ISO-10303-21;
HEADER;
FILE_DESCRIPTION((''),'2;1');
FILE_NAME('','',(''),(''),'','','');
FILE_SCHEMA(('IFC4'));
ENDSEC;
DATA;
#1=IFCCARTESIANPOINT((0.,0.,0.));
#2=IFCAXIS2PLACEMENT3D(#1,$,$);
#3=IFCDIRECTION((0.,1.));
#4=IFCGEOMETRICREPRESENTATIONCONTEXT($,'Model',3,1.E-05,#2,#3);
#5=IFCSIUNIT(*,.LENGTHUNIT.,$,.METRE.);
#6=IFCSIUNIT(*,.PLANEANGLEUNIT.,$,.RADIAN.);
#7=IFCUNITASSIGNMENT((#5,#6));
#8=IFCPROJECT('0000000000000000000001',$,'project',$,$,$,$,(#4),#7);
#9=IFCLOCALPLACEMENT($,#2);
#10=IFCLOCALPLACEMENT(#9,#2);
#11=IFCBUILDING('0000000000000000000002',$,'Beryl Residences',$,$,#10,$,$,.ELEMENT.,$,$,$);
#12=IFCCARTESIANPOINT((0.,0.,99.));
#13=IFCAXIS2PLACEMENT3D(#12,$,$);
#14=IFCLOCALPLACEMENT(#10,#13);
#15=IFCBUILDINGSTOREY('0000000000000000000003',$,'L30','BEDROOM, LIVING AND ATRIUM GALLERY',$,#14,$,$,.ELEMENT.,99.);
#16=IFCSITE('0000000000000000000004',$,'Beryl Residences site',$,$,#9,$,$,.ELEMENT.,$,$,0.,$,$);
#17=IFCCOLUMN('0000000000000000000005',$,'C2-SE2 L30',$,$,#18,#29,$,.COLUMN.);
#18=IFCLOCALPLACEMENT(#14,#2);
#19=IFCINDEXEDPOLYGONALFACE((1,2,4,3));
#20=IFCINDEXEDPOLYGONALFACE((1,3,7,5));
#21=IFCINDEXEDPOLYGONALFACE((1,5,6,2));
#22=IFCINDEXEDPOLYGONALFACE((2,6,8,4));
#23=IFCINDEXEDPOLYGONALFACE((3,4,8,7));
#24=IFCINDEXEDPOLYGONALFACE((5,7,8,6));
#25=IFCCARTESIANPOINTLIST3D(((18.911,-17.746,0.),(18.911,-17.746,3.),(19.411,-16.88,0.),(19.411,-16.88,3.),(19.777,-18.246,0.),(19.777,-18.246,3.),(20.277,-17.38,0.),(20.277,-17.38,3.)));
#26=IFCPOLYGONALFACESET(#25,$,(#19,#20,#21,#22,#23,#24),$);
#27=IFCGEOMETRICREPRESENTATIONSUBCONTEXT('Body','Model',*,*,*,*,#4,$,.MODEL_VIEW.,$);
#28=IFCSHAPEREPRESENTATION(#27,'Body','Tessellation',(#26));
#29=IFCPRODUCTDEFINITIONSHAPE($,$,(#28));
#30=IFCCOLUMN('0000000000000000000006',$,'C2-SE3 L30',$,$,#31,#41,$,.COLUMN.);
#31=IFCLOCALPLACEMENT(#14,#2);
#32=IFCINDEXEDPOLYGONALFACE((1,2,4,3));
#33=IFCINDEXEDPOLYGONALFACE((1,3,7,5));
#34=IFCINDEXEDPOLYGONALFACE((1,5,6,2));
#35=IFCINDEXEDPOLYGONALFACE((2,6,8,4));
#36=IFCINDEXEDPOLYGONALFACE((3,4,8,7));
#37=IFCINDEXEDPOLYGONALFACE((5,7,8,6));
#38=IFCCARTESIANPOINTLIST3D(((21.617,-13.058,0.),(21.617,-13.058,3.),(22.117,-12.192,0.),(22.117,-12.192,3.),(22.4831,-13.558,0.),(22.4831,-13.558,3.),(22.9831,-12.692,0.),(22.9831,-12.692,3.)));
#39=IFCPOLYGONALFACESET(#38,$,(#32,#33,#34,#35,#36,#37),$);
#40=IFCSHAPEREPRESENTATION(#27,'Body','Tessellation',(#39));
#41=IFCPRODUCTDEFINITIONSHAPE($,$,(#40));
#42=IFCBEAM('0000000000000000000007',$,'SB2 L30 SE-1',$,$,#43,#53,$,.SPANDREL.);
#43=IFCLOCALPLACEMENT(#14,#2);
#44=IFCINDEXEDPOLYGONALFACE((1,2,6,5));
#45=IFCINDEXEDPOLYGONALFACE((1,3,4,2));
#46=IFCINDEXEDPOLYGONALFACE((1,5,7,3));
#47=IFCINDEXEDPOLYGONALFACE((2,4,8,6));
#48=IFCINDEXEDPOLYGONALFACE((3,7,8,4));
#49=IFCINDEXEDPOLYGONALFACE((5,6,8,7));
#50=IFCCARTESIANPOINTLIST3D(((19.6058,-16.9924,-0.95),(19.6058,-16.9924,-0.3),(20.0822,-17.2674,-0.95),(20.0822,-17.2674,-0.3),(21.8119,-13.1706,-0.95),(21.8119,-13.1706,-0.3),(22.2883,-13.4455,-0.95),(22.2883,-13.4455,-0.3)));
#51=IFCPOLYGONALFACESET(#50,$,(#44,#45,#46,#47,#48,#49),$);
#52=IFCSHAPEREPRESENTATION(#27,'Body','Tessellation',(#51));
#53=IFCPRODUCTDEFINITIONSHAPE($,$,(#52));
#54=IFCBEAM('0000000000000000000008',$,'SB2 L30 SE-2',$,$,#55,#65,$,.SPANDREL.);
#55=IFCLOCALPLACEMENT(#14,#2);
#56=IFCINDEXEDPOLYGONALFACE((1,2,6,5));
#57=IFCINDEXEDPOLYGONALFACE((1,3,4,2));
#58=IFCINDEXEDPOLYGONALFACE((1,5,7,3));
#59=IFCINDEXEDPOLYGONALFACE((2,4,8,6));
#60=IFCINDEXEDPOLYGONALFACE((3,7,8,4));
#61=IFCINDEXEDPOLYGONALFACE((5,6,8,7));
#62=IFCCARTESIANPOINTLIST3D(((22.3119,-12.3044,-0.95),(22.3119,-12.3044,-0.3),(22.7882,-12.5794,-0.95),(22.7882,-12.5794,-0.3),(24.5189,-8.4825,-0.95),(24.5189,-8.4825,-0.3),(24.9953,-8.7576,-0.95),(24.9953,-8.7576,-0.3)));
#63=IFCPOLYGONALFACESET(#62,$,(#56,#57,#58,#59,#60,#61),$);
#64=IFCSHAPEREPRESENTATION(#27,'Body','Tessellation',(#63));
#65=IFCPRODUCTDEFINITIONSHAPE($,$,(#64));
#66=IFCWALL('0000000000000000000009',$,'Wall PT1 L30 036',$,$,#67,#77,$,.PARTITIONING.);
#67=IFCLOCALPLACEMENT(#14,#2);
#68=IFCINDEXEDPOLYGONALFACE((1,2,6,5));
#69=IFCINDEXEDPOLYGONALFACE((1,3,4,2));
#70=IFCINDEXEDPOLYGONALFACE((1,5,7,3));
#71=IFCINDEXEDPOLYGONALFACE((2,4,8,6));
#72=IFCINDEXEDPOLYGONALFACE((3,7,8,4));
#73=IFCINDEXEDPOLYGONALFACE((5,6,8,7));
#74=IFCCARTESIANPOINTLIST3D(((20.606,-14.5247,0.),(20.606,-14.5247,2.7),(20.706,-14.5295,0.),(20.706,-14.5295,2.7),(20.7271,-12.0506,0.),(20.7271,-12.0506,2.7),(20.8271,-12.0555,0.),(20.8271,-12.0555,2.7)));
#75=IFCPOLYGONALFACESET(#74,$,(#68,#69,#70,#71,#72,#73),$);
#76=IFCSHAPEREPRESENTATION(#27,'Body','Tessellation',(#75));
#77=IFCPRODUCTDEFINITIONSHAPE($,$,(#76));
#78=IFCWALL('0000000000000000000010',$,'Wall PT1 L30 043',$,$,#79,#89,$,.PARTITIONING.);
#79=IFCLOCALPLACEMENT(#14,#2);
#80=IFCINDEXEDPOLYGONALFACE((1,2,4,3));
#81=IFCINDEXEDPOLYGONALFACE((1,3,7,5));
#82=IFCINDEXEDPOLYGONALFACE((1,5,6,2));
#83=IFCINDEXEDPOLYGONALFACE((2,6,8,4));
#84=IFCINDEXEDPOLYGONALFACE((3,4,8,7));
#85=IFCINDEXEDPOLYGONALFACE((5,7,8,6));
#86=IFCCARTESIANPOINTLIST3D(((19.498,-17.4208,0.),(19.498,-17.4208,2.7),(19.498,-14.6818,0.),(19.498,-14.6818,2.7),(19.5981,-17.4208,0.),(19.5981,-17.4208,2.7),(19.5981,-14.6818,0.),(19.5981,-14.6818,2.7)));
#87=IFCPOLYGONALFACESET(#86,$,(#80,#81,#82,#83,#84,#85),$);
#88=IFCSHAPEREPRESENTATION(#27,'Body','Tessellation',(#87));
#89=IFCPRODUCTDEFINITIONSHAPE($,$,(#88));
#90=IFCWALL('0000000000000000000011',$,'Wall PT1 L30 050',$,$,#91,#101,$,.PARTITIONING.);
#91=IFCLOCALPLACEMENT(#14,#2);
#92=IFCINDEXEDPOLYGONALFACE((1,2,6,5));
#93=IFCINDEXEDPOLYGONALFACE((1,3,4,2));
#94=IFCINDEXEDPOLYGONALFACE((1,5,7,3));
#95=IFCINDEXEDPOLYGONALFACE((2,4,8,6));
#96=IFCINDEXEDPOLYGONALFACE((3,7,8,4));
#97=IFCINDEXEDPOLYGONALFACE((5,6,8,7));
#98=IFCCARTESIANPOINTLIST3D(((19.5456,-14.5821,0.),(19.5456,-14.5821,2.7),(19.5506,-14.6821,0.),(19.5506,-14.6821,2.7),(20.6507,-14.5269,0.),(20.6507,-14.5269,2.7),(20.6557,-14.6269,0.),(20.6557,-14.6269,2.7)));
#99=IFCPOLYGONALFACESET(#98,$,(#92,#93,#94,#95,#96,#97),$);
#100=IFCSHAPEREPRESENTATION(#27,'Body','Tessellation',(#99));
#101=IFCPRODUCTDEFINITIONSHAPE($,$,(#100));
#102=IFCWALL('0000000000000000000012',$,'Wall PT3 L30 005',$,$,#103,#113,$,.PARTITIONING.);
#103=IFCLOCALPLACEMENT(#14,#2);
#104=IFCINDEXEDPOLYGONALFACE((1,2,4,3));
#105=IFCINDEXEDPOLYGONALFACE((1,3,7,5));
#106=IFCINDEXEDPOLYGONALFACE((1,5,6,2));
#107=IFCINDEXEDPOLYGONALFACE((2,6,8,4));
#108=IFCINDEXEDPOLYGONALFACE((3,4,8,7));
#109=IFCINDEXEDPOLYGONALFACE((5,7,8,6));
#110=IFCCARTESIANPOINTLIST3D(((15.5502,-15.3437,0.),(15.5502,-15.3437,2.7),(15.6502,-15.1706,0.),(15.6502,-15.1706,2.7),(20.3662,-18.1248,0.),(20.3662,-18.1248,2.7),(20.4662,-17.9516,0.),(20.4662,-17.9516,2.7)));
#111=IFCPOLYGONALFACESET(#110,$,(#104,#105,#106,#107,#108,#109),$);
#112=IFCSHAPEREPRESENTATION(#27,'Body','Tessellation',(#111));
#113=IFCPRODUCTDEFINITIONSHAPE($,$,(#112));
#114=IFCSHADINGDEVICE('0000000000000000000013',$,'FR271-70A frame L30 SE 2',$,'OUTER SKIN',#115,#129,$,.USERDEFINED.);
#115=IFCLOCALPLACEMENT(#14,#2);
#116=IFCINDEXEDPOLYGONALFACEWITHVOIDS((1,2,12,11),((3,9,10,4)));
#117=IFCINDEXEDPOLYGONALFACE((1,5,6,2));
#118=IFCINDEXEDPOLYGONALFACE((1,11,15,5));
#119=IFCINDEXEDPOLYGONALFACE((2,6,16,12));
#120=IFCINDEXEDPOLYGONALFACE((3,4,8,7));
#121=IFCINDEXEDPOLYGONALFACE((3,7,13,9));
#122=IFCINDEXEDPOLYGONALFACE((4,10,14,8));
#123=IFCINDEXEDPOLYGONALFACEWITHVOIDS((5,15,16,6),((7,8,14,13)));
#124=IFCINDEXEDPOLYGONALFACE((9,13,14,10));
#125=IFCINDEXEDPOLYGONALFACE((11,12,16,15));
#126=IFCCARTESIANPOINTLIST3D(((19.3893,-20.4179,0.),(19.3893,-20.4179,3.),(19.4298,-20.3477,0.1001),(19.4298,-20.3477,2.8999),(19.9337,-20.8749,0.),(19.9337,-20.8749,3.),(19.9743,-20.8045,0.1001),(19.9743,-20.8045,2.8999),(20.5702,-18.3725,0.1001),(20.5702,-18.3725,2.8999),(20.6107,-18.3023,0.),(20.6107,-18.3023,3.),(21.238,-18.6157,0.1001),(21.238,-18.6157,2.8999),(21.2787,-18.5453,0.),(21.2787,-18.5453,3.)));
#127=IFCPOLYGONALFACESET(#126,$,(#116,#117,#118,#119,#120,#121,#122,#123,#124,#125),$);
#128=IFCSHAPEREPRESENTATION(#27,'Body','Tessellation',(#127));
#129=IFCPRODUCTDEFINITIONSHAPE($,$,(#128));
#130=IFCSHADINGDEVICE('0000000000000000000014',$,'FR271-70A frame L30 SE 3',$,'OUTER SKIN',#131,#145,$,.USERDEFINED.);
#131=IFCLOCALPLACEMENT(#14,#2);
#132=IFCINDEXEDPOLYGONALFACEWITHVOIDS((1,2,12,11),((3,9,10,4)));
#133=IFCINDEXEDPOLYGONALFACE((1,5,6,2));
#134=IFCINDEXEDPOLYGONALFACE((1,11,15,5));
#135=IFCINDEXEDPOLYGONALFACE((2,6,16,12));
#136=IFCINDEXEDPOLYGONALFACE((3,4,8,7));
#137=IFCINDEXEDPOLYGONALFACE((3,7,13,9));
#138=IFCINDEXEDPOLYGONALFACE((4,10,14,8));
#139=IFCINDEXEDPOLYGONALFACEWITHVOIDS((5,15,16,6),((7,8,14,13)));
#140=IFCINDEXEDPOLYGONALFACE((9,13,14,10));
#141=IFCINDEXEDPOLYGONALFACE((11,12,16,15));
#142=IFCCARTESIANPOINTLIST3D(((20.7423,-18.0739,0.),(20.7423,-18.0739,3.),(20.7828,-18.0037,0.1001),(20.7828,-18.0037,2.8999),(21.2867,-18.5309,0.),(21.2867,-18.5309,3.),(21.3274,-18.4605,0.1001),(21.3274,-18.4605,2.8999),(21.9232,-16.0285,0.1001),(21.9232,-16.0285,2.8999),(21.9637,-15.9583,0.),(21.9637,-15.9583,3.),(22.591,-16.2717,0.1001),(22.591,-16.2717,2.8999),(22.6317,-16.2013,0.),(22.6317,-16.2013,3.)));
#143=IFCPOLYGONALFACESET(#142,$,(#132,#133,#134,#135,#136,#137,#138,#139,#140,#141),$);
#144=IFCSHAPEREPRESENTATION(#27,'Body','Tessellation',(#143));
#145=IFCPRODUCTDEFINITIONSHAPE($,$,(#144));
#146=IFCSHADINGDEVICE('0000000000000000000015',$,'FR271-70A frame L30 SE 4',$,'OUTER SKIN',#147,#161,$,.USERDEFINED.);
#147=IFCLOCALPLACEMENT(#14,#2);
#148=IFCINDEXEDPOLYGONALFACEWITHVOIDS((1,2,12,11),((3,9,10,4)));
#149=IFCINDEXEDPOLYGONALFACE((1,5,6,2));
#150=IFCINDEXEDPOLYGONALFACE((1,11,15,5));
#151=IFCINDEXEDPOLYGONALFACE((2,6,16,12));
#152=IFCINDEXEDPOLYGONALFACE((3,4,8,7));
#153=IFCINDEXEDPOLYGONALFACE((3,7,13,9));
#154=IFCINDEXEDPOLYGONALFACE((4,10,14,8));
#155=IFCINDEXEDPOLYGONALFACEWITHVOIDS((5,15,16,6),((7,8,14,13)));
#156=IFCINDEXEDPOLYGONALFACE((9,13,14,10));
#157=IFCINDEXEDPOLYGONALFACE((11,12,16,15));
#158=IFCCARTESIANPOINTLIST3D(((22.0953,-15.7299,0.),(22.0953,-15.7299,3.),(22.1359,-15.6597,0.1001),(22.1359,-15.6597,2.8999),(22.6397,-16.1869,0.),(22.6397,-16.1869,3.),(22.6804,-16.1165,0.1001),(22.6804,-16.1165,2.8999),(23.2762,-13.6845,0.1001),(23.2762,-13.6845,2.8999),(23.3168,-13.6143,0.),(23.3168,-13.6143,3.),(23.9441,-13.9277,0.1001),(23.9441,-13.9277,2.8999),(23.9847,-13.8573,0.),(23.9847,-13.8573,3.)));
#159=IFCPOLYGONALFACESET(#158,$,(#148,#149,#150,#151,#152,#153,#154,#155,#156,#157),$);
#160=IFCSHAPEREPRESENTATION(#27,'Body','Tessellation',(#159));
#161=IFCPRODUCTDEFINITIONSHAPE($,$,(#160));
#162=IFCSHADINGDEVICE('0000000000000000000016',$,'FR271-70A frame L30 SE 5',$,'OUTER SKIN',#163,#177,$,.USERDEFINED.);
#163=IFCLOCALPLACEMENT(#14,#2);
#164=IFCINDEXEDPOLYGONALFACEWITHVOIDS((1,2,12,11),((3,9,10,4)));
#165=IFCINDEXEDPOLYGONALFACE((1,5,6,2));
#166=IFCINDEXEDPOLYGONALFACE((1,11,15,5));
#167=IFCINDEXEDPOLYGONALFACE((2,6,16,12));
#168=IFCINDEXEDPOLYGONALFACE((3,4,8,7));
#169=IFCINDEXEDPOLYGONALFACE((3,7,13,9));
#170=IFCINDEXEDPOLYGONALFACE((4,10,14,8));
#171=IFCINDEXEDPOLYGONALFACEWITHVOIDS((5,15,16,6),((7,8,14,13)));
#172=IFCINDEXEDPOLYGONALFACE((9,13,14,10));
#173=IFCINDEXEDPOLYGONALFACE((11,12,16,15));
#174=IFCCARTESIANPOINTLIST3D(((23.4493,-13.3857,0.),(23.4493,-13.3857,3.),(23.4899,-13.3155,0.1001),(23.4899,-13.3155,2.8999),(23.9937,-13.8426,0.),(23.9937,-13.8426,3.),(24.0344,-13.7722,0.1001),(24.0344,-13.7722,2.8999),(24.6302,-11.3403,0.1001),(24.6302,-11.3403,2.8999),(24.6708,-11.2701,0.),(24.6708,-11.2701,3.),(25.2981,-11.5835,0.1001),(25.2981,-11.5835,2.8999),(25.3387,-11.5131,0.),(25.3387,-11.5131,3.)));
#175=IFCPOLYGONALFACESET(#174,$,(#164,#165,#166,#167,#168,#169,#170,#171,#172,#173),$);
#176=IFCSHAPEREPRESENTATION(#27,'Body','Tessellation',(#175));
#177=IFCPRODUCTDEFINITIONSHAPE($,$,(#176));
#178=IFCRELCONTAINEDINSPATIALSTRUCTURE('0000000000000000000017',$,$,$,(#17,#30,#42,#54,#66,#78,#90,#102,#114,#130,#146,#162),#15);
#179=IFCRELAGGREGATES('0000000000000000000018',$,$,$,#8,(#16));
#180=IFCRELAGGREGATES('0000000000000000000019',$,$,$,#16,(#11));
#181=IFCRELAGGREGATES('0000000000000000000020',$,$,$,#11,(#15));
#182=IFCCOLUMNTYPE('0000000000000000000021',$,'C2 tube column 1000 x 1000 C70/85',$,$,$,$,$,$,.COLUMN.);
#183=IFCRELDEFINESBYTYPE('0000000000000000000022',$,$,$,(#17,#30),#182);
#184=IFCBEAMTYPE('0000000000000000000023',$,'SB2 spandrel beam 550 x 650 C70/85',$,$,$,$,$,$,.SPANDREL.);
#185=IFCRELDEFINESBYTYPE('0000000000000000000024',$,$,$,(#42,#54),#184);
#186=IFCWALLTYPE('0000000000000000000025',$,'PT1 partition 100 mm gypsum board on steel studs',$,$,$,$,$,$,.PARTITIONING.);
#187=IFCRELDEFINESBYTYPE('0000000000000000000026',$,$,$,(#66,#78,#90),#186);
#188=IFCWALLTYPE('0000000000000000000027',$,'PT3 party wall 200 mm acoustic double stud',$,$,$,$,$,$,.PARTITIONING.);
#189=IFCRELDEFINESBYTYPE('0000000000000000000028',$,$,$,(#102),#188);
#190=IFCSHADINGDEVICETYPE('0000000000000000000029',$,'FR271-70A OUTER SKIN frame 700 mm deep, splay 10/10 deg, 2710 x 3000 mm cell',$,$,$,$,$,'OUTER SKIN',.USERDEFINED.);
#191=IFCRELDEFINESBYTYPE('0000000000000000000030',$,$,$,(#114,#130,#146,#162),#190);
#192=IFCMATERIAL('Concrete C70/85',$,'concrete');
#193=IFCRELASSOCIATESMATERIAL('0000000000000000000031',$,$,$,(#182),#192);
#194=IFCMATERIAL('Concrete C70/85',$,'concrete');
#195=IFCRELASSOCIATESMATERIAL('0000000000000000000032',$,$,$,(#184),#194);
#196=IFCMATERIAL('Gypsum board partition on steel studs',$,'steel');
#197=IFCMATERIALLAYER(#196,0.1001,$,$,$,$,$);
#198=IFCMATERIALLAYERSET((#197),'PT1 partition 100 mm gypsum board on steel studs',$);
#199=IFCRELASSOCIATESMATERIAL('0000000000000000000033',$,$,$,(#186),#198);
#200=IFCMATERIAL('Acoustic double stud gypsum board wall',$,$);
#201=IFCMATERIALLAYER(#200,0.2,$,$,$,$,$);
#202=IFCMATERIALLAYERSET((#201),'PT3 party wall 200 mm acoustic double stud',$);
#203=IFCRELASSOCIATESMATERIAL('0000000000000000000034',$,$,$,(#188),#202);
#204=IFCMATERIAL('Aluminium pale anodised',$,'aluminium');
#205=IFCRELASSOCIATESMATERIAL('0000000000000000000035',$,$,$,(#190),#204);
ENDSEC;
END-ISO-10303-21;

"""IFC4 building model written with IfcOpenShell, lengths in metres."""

from ifc_helpers import new_model, entity, si_unit, direction, frame, frame_2d, origin, origin_2d, place, context, subcontext, project, spatial, rectangle, extrude, source, transform, mapped, material, layer, layer_set, material_profile, profile_set, type_object, type_shapes, element, save


model = new_model("IFC4")

# Units and contexts
model_context = context("Model", 3, precision=1e-05, world=origin(), true_north=direction((0.0, 1.0)))
body_context = subcontext(model_context, "Body", "Model", "MODEL_VIEW")
ifc_project = project(units=[si_unit("LENGTHUNIT", "METRE"), si_unit("PLANEANGLEUNIT", "RADIAN")], contexts=[model_context])

# Site, building, storey
site_placement = place(None, origin())
site = spatial("IfcSite", under=ifc_project, at=site_placement, Name="Beryl Residences site", CompositionType="ELEMENT", RefElevation=0.0)
building_placement = place(site_placement, origin())
building = spatial("IfcBuilding", under=site, at=building_placement, Name="Beryl Residences", CompositionType="ELEMENT")
storey_placement = place(building_placement, frame((0.0, 0.0, 99.0)))
storey = spatial("IfcBuildingStorey", under=building, at=storey_placement, Name="L30", Description="BEDROOM, LIVING AND ATRIUM GALLERY", CompositionType="ELEMENT", Elevation=99.0)

# Columns
ifc_material_1 = material(Name="Concrete C70/85", Category="concrete")
ifc_material_profile_1 = material_profile(ifc_material_1, rectangle(XDim=1.0, YDim=1.0, at=origin_2d()))
ifc_profile_set_1 = profile_set([ifc_material_profile_1], Name="Concrete C70/85")
column_type = type_object("IfcColumnType", Name="C2 tube column 1000 x 1000 C70/85", PredefinedType="COLUMN", material=ifc_profile_set_1)
for number, where, z_axis, x_axis, name in (
    (1, (19.594, -17.563, 0.0), (0.0, 0.0, 1.0), (0.5, 0.866025, 0.0), "C2-SE2 L30"),
    (2, (22.3, -12.875, 0.0), (0.0, 0.0, 1.0), (0.5, 0.866025, 0.0), "C2-SE3 L30"),
):
    element("IfcColumn", number, at=place(storey_placement, frame(where, z_axis=z_axis, x_axis=x_axis)), inside=storey, type_object=column_type, Name=name, PredefinedType="COLUMN", context=body_context, shape_type="SweptSolid", body=[
        extrude(rectangle(XDim=1.0, YDim=1.0, at=origin_2d()), origin(), (0.0, 0.0, 1.0), 3.0),
    ])

# Beams
ifc_material_2 = material(Name="Concrete C70/85", Category="concrete")
ifc_material_profile_2 = material_profile(ifc_material_2, rectangle(XDim=0.55, YDim=0.6499, at=origin_2d()))
ifc_profile_set_2 = profile_set([ifc_material_profile_2], Name="Concrete C70/85")
beam_type = type_object("IfcBeamType", Name="SB2 spandrel beam 550 x 650 C70/85", PredefinedType="SPANDREL", material=ifc_profile_set_2)
beam_1_placement = place(storey_placement, frame((19.844, -17.1299, -0.625), z_axis=(0.499924, 0.86607, 0.0), x_axis=(-0.86607, 0.499924, 0.0)))
element("IfcBeam", 3, at=beam_1_placement, inside=storey, type_object=beam_type, Name="SB2 L30 SE-1", PredefinedType="SPANDREL", context=body_context, shape_type="SweptSolid", body=[
    extrude(rectangle(XDim=0.55, YDim=0.6499, at=origin_2d()), origin(), (0.0, 0.0, 1.0), 4.4128),
])
beam_2_placement = place(storey_placement, frame((22.55, -12.4419, -0.625), z_axis=(0.50009, 0.865974, 0.0), x_axis=(-0.865974, 0.50009, 0.0)))
element("IfcBeam", 4, at=beam_2_placement, inside=storey, type_object=beam_type, Name="SB2 L30 SE-2", PredefinedType="SPANDREL", context=body_context, shape_type="SweptSolid", body=[
    extrude(rectangle(XDim=0.55, YDim=0.6499, at=origin_2d()), origin(), (0.0, 0.0, 1.0), 4.4133),
])

# Walls
ifc_material_3 = material(Name="Gypsum board partition on steel studs", Category="steel")
ifc_layer_1 = layer(ifc_material_3, 0.1001)
ifc_layer_set_1 = layer_set([ifc_layer_1], Name="PT1 partition 100 mm gypsum board on steel studs")
wall_type_1 = type_object("IfcWallType", Name="PT1 partition 100 mm gypsum board on steel studs", PredefinedType="PARTITIONING", material=ifc_layer_set_1)
wall_1_placement = place(storey_placement, frame((20.656, -14.5271, 0.0), z_axis=(0.0, 0.0, 1.0), x_axis=(0.048886, 0.998804, 0.0)))
element("IfcWall", 5, at=wall_1_placement, inside=storey, type_object=wall_type_1, Name="Wall PT1 L30 036", PredefinedType="PARTITIONING", context=body_context, shape_type="SweptSolid", body=[
    extrude(rectangle(XDim=2.4771, YDim=0.1001, at=frame_2d((1.2385, 0.0))), origin(), (0.0, 0.0, 1.0), 2.7),
])
wall_2_placement = place(storey_placement, frame((19.5481, -17.4209, 0.0), z_axis=(0.0, 0.0, 1.0), x_axis=(0.0, 1.0, 0.0)))
element("IfcWall", 6, at=wall_2_placement, inside=storey, type_object=wall_type_1, Name="Wall PT1 L30 043", PredefinedType="PARTITIONING", context=body_context, shape_type="SweptSolid", body=[
    extrude(rectangle(XDim=2.739, YDim=0.1001, at=frame_2d((1.3696, 0.0))), origin(), (0.0, 0.0, 1.0), 2.7),
])
wall_3_placement = place(storey_placement, frame((19.5481, -14.6321, 0.0), z_axis=(0.0, 0.0, 1.0), x_axis=(0.998756, 0.049872, 0.0)))
element("IfcWall", 7, at=wall_3_placement, inside=storey, type_object=wall_type_1, Name="Wall PT1 L30 050", PredefinedType="PARTITIONING", context=body_context, shape_type="SweptSolid", body=[
    extrude(rectangle(XDim=1.1064, YDim=0.1001, at=frame_2d((0.5532, 0.0))), origin(), (0.0, 0.0, 1.0), 2.7),
])
ifc_material_4 = material(Name="Acoustic double stud gypsum board wall")
ifc_layer_2 = layer(ifc_material_4, 0.2)
ifc_layer_set_2 = layer_set([ifc_layer_2], Name="PT3 party wall 200 mm acoustic double stud")
wall_type_2 = type_object("IfcWallType", Name="PT3 party wall 200 mm acoustic double stud", PredefinedType="PARTITIONING", material=ifc_layer_set_2)
wall_4_placement = place(storey_placement, frame((15.6001, -15.2571, 0.0), z_axis=(0.0, 0.0, 1.0), x_axis=(0.865984, -0.500072, 0.0)))
element("IfcWall", 8, at=wall_4_placement, inside=storey, type_object=wall_type_2, Name="Wall PT3 L30 005", PredefinedType="PARTITIONING", context=body_context, shape_type="SweptSolid", body=[
    extrude(rectangle(XDim=5.5613, YDim=0.2, at=frame_2d((2.7808, 0.0))), origin(), (0.0, 0.0, 1.0), 2.7),
])

# Shading devices
ifc_material_5 = material(Name="Aluminium pale anodised", Category="aluminium")
shading_device_type = type_object("IfcShadingDeviceType", Name="FR271-70A OUTER SKIN frame 700 mm deep, splay 10/10 deg, 2710 x 3000 mm cell", ElementType="OUTER SKIN", PredefinedType="USERDEFINED", material=ifc_material_5)
cartesian_point_1 = entity("IfcCartesianPoint", [-1.2214, 0.0])
cartesian_point_2 = entity("IfcCartesianPoint", [-1.1404, 0.1001])
cartesian_point_3 = entity("IfcCartesianPoint", [-1.345, 0.0])
cartesian_point_4 = entity("IfcCartesianPoint", [-1.2637, 0.1001])
shared_shape = source(origin(), body_context, "Body", "SweptSolid", [
    entity("IfcExtrudedAreaSolidTapered", entity("IfcArbitraryProfileDefWithVoids", "AREA", None, entity("IfcPolyline", [cartesian_point_1, entity("IfcCartesianPoint", [1.2214, 0.0]), entity("IfcCartesianPoint", [1.2214, 3.0]), entity("IfcCartesianPoint", [-1.2214, 3.0]), cartesian_point_1]), [entity("IfcPolyline", [cartesian_point_2, entity("IfcCartesianPoint", [1.1404, 0.1001]), entity("IfcCartesianPoint", [1.1404, 2.8999]), entity("IfcCartesianPoint", [-1.1404, 2.8999]), cartesian_point_2])]), entity("IfcAxis2Placement3D", entity("IfcCartesianPoint", [0.0, 0.0, 0.0]), entity("IfcDirection", [0.0, 1.0, 0.0]), entity("IfcDirection", [-1.0, 0.0, 0.0])), entity("IfcDirection", [0.0, 0.0, 1.0]), 0.7, entity("IfcArbitraryProfileDefWithVoids", "AREA", None, entity("IfcPolyline", [cartesian_point_3, entity("IfcCartesianPoint", [1.345, 0.0]), entity("IfcCartesianPoint", [1.345, 3.0]), entity("IfcCartesianPoint", [-1.345, 3.0]), cartesian_point_3]), [entity("IfcPolyline", [cartesian_point_4, entity("IfcCartesianPoint", [1.2637, 0.1001]), entity("IfcCartesianPoint", [1.2637, 2.8999]), entity("IfcCartesianPoint", [-1.2637, 2.8999]), cartesian_point_4])])),
])
type_shapes(shading_device_type, [shared_shape])
for number, where, z_axis, x_axis, name in (
    (9, (20.0, -19.3601, 0.0), (0.0, 0.0, 1.0), (-0.5, -0.866025, 0.0), "FR271-70A frame L30 SE 2"),
    (10, (21.353, -17.0161, 0.0), (0.0, 0.0, 1.0), (-0.5, -0.866025, 0.0), "FR271-70A frame L30 SE 3"),
    (11, (22.7061, -14.6721, 0.0), (0.0, 0.0, 1.0), (-0.5, -0.866025, 0.0), "FR271-70A frame L30 SE 4"),
    (12, (24.0601, -12.3279, 0.0), (0.0, 0.0, 1.0), (-0.5, -0.866025, 0.0), "FR271-70A frame L30 SE 5"),
):
    element("IfcShadingDevice", number, at=place(storey_placement, frame(where, z_axis=z_axis, x_axis=x_axis)), inside=storey, type_object=shading_device_type, Name=name, ObjectType="OUTER SKIN", PredefinedType="USERDEFINED", context=body_context, shape_type="MappedRepresentation", body=[
        mapped(shared_shape, transform((0.0, 0.0, 0.0))),
    ])

save(model, "model.ifc")
